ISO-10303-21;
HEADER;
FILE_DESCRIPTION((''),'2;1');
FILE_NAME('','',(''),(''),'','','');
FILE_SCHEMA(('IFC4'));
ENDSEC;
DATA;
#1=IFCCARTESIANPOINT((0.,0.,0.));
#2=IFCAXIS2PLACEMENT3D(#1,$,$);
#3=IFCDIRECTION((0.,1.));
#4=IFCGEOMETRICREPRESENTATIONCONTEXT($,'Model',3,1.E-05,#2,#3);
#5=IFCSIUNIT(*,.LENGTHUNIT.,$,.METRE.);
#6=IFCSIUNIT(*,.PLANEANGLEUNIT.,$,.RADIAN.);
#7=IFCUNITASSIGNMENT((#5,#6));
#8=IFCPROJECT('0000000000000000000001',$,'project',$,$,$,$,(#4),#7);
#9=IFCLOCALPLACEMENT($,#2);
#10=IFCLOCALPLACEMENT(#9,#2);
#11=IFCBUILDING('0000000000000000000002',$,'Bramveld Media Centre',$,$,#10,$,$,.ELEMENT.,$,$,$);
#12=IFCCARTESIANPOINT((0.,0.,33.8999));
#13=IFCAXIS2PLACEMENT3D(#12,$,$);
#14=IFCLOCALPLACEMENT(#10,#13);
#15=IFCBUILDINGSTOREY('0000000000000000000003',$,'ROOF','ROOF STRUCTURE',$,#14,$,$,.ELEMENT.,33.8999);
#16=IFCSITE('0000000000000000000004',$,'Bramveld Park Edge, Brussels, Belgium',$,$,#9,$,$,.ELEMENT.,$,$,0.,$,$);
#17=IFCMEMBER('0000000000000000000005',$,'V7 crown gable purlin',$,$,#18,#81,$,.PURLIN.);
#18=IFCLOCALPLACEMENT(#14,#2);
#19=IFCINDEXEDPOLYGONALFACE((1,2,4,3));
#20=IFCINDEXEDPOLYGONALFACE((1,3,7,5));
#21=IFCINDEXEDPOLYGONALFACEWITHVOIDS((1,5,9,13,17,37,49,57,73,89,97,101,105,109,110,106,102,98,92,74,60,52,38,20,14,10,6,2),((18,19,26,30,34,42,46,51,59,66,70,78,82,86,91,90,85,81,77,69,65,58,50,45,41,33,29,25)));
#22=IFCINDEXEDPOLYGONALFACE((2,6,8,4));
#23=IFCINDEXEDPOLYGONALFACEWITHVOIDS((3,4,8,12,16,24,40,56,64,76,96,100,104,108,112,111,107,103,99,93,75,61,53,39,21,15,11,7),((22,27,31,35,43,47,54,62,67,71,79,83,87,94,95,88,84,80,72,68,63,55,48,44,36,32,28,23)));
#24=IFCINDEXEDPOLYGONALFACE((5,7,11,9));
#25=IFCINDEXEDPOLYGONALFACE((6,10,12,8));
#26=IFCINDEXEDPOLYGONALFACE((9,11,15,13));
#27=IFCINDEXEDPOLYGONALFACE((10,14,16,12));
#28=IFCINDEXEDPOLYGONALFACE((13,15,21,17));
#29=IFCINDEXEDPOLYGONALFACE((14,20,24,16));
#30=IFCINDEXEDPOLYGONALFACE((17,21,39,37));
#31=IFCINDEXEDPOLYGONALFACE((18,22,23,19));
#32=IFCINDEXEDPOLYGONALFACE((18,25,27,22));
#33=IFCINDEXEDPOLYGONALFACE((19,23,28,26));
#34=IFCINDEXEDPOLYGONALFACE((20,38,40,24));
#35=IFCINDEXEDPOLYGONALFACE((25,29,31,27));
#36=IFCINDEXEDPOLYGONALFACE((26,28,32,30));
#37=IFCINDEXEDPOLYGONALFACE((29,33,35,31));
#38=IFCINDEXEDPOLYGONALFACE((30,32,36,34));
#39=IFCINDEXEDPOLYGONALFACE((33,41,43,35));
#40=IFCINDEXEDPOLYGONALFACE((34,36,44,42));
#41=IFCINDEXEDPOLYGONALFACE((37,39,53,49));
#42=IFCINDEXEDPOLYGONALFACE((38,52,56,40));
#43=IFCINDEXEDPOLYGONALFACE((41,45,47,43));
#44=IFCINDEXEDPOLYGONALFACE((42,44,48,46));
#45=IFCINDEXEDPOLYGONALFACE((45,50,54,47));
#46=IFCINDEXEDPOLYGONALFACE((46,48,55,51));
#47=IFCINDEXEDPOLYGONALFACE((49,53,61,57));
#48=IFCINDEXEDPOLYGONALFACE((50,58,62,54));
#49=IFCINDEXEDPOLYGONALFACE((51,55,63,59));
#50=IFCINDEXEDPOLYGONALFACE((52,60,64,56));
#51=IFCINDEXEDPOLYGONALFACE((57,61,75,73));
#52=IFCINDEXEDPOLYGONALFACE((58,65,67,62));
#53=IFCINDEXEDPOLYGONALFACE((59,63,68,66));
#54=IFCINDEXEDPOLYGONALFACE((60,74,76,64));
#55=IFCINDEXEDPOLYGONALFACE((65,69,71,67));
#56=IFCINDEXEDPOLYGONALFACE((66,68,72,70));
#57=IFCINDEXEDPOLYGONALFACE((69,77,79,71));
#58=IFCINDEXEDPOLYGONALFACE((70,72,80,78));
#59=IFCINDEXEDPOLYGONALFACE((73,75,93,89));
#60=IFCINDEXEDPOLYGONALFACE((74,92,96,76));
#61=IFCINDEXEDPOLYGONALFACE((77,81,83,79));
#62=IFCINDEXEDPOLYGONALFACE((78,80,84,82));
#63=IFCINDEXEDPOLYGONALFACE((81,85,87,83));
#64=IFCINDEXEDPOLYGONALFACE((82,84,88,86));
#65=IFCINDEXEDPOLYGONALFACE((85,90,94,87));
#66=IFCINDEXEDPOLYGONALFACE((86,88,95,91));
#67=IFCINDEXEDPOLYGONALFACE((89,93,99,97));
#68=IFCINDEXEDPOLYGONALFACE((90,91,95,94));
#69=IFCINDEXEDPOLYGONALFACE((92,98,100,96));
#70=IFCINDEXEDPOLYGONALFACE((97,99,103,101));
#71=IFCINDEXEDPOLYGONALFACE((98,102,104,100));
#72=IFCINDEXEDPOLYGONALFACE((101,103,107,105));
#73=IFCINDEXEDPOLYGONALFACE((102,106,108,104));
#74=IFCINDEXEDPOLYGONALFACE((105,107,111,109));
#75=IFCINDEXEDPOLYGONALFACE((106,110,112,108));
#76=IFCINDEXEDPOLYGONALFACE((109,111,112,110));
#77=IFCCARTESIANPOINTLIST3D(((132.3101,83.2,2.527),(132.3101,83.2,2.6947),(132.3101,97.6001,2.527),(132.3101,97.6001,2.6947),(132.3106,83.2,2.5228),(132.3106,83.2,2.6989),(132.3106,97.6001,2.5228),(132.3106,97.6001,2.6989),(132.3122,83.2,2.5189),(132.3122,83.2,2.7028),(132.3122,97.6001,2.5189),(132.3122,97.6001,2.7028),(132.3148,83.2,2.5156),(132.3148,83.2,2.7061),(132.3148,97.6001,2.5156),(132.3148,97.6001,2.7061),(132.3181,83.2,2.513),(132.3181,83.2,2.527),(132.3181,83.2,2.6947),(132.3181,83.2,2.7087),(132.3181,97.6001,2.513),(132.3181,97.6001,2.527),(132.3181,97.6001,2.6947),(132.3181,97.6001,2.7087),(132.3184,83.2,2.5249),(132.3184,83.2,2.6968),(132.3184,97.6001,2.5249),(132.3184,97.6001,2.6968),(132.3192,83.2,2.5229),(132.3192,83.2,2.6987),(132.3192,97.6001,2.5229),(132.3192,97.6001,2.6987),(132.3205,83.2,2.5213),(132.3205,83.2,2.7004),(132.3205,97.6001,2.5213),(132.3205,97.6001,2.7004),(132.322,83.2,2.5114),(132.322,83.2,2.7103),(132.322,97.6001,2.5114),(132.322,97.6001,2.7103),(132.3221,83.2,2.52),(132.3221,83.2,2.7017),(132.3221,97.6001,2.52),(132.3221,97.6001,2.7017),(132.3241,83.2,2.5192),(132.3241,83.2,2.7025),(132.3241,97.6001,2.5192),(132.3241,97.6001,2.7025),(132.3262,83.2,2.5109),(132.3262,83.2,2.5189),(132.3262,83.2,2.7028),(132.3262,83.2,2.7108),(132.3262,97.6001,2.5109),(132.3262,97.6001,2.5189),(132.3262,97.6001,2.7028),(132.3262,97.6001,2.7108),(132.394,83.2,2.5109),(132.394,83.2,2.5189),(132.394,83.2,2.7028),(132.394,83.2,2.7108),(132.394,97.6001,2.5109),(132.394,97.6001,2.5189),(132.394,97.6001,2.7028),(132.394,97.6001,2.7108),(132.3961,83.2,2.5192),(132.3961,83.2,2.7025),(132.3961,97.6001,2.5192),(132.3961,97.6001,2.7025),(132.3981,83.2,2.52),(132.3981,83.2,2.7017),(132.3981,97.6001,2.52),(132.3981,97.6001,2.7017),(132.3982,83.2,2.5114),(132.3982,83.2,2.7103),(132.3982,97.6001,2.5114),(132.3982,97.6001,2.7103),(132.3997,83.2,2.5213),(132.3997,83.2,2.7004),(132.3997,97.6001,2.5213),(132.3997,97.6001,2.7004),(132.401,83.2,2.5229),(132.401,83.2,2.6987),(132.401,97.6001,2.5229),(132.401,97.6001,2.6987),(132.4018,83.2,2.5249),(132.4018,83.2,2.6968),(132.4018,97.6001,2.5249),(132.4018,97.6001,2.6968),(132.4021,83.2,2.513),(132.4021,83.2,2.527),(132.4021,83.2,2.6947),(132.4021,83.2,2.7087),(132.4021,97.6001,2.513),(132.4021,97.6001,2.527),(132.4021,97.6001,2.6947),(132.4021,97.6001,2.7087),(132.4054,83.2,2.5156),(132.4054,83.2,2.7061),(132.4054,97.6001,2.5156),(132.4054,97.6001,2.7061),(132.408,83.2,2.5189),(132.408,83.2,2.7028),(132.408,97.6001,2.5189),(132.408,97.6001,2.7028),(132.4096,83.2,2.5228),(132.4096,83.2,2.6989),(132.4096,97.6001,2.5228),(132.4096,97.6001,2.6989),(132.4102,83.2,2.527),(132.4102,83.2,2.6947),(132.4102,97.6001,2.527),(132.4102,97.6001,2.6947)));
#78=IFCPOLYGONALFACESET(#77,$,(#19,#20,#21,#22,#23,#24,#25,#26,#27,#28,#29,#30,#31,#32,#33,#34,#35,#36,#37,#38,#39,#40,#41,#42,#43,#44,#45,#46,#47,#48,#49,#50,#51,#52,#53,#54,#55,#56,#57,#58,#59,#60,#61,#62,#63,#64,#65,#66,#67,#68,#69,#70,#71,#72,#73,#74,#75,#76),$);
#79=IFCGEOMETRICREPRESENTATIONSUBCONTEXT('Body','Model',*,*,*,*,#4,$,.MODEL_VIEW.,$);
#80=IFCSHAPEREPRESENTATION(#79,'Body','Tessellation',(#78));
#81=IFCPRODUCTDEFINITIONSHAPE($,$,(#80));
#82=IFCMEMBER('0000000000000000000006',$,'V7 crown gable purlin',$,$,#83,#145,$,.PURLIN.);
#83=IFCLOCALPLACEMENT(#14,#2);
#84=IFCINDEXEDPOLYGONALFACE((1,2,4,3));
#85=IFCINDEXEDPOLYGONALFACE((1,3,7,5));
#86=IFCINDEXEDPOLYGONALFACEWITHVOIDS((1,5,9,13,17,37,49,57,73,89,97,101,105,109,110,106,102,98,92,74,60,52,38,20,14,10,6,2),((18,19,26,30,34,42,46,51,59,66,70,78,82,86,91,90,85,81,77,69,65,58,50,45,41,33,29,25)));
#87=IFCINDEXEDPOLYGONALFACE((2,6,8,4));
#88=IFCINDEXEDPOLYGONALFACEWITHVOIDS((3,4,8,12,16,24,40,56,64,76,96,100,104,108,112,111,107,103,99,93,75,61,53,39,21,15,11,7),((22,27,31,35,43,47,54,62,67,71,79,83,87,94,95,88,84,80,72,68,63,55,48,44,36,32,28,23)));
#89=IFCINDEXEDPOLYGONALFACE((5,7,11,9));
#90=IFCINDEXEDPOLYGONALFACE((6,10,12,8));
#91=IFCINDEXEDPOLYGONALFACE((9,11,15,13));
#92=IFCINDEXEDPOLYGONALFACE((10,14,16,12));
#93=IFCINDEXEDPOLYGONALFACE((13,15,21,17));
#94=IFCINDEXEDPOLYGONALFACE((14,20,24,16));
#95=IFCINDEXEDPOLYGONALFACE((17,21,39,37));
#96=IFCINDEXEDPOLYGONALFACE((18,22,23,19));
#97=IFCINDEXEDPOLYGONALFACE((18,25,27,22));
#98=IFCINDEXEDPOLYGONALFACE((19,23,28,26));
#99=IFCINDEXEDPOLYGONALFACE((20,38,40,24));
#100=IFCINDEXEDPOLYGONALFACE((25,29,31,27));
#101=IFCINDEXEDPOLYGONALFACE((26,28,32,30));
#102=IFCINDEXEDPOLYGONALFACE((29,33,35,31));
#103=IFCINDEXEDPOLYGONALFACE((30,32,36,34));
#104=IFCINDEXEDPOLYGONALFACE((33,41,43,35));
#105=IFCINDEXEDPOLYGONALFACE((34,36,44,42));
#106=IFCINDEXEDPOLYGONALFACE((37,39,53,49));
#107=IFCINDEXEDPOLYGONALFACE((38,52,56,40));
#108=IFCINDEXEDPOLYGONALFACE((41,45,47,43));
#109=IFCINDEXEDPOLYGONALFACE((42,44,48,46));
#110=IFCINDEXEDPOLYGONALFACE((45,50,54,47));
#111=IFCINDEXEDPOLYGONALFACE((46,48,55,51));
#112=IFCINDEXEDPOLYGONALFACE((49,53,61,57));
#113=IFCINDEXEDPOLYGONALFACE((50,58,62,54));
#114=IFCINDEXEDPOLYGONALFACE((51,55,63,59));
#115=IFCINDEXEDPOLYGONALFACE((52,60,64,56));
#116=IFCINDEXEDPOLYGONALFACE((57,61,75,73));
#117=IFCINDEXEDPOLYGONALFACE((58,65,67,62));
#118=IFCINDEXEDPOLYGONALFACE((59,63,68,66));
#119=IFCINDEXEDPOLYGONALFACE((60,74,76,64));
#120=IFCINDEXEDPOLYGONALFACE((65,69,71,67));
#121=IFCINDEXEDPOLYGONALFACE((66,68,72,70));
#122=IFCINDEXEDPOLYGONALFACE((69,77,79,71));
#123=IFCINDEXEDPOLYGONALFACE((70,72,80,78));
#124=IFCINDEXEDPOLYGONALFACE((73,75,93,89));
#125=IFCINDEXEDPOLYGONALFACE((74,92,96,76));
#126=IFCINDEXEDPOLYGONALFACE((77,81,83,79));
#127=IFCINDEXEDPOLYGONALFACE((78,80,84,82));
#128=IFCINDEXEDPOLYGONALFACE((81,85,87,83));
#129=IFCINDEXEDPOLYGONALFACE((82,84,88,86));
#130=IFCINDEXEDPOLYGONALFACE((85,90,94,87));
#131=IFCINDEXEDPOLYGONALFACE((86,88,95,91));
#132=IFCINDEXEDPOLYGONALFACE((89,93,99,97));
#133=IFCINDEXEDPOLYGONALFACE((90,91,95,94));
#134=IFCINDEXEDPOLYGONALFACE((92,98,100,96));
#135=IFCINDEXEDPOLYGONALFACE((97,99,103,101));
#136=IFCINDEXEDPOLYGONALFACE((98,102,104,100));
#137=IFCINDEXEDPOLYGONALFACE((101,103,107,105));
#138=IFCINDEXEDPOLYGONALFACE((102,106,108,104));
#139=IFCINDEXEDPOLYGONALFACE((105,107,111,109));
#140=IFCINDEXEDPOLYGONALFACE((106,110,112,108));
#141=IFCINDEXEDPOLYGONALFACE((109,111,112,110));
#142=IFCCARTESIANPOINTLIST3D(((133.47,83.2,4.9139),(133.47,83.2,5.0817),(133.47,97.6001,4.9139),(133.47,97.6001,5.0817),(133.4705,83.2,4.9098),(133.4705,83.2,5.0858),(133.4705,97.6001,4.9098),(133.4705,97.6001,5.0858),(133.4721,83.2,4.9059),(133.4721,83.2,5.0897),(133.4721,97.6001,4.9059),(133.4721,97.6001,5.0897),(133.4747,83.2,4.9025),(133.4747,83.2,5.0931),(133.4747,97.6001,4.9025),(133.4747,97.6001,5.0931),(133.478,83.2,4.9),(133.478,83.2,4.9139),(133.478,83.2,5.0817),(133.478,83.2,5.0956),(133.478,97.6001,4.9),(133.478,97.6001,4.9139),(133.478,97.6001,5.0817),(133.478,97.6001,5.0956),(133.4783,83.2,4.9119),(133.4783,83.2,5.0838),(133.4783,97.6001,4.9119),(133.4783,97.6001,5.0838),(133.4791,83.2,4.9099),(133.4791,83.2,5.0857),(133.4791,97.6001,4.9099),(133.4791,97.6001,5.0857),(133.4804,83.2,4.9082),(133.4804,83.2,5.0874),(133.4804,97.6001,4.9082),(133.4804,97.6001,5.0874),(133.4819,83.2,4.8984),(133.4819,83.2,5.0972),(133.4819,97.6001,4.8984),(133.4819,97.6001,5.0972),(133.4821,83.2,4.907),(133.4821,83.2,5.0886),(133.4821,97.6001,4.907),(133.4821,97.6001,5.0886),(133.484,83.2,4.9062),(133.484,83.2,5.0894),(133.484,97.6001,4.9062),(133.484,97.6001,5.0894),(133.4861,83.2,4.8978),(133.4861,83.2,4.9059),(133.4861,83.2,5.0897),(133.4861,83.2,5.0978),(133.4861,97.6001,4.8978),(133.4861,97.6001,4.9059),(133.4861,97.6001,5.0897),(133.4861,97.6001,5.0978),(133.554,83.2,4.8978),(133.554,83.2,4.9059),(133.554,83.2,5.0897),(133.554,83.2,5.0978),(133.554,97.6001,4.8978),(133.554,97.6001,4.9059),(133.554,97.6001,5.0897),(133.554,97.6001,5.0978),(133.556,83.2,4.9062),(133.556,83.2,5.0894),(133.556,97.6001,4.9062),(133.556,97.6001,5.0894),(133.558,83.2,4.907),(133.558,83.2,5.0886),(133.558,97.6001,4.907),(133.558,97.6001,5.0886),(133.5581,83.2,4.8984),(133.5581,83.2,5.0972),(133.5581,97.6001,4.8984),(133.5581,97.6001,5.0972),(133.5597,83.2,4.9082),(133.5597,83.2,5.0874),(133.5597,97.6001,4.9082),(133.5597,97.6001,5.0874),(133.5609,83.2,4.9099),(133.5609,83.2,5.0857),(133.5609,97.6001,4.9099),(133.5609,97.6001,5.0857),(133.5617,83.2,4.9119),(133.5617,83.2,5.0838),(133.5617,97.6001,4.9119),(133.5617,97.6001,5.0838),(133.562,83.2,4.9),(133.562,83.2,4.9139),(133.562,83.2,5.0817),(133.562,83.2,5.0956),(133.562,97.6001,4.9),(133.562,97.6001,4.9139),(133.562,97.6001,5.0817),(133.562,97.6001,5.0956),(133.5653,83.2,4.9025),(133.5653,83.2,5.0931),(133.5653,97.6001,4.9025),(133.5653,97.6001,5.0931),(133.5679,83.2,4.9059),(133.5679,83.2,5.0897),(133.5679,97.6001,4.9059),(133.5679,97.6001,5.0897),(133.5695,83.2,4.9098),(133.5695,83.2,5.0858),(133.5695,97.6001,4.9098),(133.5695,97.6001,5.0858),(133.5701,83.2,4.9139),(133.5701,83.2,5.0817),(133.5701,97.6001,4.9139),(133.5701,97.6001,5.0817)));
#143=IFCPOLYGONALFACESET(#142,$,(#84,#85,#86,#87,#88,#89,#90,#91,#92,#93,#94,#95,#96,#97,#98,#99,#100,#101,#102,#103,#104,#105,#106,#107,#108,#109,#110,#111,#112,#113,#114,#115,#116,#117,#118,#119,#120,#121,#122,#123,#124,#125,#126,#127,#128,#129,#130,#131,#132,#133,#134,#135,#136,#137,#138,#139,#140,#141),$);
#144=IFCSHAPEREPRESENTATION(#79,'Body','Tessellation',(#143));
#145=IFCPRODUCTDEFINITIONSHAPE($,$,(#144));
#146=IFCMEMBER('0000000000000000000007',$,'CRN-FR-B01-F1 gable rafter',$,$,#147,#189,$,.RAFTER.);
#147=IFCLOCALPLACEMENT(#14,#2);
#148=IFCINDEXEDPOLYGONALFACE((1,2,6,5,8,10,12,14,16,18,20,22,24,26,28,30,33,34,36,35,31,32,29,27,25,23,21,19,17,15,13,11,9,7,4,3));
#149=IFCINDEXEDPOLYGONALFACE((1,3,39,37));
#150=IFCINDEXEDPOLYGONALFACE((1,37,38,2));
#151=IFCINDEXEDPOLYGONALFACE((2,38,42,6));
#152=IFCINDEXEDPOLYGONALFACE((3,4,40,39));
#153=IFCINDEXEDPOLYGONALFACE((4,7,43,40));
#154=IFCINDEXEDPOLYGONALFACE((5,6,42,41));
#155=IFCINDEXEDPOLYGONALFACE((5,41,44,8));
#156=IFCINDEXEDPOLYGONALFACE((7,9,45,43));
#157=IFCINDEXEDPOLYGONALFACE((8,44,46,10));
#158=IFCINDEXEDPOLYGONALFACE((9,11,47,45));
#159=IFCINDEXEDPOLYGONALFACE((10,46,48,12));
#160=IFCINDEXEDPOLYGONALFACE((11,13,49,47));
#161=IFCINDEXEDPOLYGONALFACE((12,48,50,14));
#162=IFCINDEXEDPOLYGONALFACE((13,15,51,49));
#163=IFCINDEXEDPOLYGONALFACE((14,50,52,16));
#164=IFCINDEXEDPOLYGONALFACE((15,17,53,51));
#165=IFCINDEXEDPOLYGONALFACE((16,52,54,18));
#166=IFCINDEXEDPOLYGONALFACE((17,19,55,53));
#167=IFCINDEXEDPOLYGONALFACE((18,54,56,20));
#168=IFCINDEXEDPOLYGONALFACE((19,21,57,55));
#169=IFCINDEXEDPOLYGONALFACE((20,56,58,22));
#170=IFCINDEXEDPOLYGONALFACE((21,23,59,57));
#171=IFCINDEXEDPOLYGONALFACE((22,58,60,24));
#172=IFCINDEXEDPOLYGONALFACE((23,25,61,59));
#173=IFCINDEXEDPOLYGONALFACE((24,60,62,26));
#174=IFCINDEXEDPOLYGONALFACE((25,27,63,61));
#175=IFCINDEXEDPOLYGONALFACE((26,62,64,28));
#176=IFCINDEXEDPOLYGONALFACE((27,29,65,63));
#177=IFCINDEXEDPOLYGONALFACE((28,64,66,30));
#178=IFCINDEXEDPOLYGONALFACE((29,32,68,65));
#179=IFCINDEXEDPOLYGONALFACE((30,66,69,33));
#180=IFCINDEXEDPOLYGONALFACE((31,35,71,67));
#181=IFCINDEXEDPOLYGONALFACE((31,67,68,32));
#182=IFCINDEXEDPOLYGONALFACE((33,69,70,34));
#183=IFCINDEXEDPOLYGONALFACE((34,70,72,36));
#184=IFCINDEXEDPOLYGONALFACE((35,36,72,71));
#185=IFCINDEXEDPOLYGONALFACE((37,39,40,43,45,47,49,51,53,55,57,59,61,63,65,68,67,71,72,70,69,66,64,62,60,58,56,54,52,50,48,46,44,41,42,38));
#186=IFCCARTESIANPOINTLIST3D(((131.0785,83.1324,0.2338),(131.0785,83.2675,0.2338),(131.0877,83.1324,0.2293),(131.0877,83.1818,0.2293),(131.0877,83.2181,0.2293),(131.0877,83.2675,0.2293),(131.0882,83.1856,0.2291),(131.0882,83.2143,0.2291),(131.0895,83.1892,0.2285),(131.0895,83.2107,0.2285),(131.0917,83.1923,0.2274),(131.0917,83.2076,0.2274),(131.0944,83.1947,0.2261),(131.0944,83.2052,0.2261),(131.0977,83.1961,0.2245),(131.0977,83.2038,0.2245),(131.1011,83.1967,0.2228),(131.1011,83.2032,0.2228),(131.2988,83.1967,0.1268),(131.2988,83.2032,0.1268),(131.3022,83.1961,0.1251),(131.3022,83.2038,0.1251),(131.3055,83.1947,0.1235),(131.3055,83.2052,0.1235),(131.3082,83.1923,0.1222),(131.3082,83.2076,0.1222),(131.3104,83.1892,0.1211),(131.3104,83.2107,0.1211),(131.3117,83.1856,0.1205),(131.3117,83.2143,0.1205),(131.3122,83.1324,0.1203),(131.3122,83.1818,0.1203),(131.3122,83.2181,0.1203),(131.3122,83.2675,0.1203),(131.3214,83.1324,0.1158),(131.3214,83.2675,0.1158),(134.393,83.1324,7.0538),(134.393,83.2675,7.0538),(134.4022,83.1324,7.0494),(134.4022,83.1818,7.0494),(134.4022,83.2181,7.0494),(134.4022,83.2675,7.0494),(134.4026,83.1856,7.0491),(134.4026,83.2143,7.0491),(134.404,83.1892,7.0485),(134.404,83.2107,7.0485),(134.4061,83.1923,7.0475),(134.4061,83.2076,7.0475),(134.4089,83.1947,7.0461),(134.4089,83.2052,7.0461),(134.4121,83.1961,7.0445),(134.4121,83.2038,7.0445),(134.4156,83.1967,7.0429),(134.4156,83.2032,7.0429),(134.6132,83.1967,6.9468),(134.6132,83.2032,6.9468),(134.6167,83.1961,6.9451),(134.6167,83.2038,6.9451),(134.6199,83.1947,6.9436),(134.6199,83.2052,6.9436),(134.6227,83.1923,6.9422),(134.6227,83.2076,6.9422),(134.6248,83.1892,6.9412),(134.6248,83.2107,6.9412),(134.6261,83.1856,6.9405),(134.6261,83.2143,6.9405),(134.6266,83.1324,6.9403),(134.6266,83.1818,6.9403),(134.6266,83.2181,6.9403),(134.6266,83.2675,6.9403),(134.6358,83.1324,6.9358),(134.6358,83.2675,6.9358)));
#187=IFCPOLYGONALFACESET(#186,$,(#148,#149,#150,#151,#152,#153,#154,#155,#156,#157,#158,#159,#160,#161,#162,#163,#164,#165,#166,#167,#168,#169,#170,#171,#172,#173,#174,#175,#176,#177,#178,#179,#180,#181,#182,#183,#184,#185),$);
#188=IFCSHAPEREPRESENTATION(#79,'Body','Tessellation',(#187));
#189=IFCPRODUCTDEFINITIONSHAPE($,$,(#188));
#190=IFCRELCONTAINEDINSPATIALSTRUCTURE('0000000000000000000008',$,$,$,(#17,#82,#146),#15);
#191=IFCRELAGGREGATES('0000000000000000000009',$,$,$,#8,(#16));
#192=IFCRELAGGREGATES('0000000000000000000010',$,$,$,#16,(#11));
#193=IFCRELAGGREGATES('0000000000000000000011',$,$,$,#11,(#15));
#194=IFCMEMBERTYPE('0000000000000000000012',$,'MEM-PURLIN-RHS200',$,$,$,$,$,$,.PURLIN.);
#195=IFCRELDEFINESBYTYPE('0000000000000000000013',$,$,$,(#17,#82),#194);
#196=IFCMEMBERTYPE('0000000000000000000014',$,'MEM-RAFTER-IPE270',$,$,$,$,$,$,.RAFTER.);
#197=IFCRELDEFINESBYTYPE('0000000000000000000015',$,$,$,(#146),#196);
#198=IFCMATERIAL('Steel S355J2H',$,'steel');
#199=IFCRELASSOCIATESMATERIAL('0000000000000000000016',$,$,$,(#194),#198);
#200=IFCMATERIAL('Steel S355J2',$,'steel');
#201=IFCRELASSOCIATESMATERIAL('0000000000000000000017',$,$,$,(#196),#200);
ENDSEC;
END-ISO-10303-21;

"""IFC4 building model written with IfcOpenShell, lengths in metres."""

from ifc_helpers import new_model, si_unit, direction, frame, origin, origin_2d, place, context, subcontext, project, spatial, hollow_rectangle, i_section, extrude, material, material_profile, profile_set, type_object, element, save


model = new_model("IFC4")

# Units and contexts
model_context = context("Model", 3, precision=1e-05, world=origin(), true_north=direction((0.0, 1.0)))
body_context = subcontext(model_context, "Body", "Model", "MODEL_VIEW")
ifc_project = project(units=[si_unit("LENGTHUNIT", "METRE"), si_unit("PLANEANGLEUNIT", "RADIAN")], contexts=[model_context])

# Site, building, storey
site_placement = place(None, origin())
site = spatial("IfcSite", under=ifc_project, at=site_placement, Name="Bramveld Park Edge, Brussels, Belgium", CompositionType="ELEMENT", RefElevation=0.0)
building_placement = place(site_placement, origin())
building = spatial("IfcBuilding", under=site, at=building_placement, Name="Bramveld Media Centre", CompositionType="ELEMENT")
storey_placement = place(building_placement, frame((0.0, 0.0, 33.8999)))
storey = spatial("IfcBuildingStorey", under=building, at=storey_placement, Name="ROOF", Description="ROOF STRUCTURE", CompositionType="ELEMENT", Elevation=33.8999)

# Members
ifc_material_1 = material(Name="Steel S355J2H", Category="steel")
ifc_material_profile_1 = material_profile(ifc_material_1, hollow_rectangle(XDim=0.1001, YDim=0.2, WallThickness=0.0081, InnerFilletRadius=0.0081, OuterFilletRadius=0.0161, at=origin_2d()), Name="RHS 200x100x8")
ifc_profile_set_1 = profile_set([ifc_material_profile_1], Name="Steel S355J2H")
member_type_1 = type_object("IfcMemberType", Name="MEM-PURLIN-RHS200", PredefinedType="PURLIN", material=ifc_profile_set_1)
for number, where, z_axis, x_axis, name in (
    (1, (132.3601, 83.2, 2.6108), (0.0, 1.0, 0.0), (-1.0, 0.0, 0.0), "V7 crown gable purlin"),
    (2, (133.52, 83.2, 4.9978), (0.0, 1.0, 0.0), (-1.0, 0.0, 0.0), "V7 crown gable purlin"),
):
    element("IfcMember", number, at=place(storey_placement, frame(where, z_axis=z_axis, x_axis=x_axis)), inside=storey, type_object=member_type_1, Name=name, PredefinedType="PURLIN", context=body_context, shape_type="SweptSolid", body=[
        extrude(hollow_rectangle(XDim=0.1001, YDim=0.2, WallThickness=0.0081, InnerFilletRadius=0.0081, OuterFilletRadius=0.0161, at=origin_2d()), origin(), (0.0, 0.0, 1.0), 14.4001),
    ])
ifc_material_2 = material(Name="Steel S355J2", Category="steel")
ifc_material_profile_2 = material_profile(ifc_material_2, i_section(OverallWidth=0.135, OverallDepth=0.27, WebThickness=0.0066, FlangeThickness=0.0103, FilletRadius=0.0149, at=origin_2d()), Name="IPE 270")
ifc_profile_set_2 = profile_set([ifc_material_profile_2], Name="Steel S355J2")
member_type_2 = type_object("IfcMemberType", Name="MEM-RAFTER-IPE270", PredefinedType="RAFTER", material=ifc_profile_set_2)
member_1_placement = place(storey_placement, frame((131.2, 83.2, 0.1748), z_axis=(0.437101, 0.0, 0.899412), x_axis=(0.0, 1.0, 0.0)))
element("IfcMember", 3, at=member_1_placement, inside=storey, type_object=member_type_2, Name="CRN-FR-B01-F1 gable rafter", PredefinedType="RAFTER", context=body_context, shape_type="SweptSolid", body=[
    extrude(i_section(OverallWidth=0.135, OverallDepth=0.27, WebThickness=0.0066, FlangeThickness=0.0103, FilletRadius=0.0149, at=origin_2d()), origin(), (0.0, 0.0, 1.0), 7.5828),
])

save(model, "model.ifc")
